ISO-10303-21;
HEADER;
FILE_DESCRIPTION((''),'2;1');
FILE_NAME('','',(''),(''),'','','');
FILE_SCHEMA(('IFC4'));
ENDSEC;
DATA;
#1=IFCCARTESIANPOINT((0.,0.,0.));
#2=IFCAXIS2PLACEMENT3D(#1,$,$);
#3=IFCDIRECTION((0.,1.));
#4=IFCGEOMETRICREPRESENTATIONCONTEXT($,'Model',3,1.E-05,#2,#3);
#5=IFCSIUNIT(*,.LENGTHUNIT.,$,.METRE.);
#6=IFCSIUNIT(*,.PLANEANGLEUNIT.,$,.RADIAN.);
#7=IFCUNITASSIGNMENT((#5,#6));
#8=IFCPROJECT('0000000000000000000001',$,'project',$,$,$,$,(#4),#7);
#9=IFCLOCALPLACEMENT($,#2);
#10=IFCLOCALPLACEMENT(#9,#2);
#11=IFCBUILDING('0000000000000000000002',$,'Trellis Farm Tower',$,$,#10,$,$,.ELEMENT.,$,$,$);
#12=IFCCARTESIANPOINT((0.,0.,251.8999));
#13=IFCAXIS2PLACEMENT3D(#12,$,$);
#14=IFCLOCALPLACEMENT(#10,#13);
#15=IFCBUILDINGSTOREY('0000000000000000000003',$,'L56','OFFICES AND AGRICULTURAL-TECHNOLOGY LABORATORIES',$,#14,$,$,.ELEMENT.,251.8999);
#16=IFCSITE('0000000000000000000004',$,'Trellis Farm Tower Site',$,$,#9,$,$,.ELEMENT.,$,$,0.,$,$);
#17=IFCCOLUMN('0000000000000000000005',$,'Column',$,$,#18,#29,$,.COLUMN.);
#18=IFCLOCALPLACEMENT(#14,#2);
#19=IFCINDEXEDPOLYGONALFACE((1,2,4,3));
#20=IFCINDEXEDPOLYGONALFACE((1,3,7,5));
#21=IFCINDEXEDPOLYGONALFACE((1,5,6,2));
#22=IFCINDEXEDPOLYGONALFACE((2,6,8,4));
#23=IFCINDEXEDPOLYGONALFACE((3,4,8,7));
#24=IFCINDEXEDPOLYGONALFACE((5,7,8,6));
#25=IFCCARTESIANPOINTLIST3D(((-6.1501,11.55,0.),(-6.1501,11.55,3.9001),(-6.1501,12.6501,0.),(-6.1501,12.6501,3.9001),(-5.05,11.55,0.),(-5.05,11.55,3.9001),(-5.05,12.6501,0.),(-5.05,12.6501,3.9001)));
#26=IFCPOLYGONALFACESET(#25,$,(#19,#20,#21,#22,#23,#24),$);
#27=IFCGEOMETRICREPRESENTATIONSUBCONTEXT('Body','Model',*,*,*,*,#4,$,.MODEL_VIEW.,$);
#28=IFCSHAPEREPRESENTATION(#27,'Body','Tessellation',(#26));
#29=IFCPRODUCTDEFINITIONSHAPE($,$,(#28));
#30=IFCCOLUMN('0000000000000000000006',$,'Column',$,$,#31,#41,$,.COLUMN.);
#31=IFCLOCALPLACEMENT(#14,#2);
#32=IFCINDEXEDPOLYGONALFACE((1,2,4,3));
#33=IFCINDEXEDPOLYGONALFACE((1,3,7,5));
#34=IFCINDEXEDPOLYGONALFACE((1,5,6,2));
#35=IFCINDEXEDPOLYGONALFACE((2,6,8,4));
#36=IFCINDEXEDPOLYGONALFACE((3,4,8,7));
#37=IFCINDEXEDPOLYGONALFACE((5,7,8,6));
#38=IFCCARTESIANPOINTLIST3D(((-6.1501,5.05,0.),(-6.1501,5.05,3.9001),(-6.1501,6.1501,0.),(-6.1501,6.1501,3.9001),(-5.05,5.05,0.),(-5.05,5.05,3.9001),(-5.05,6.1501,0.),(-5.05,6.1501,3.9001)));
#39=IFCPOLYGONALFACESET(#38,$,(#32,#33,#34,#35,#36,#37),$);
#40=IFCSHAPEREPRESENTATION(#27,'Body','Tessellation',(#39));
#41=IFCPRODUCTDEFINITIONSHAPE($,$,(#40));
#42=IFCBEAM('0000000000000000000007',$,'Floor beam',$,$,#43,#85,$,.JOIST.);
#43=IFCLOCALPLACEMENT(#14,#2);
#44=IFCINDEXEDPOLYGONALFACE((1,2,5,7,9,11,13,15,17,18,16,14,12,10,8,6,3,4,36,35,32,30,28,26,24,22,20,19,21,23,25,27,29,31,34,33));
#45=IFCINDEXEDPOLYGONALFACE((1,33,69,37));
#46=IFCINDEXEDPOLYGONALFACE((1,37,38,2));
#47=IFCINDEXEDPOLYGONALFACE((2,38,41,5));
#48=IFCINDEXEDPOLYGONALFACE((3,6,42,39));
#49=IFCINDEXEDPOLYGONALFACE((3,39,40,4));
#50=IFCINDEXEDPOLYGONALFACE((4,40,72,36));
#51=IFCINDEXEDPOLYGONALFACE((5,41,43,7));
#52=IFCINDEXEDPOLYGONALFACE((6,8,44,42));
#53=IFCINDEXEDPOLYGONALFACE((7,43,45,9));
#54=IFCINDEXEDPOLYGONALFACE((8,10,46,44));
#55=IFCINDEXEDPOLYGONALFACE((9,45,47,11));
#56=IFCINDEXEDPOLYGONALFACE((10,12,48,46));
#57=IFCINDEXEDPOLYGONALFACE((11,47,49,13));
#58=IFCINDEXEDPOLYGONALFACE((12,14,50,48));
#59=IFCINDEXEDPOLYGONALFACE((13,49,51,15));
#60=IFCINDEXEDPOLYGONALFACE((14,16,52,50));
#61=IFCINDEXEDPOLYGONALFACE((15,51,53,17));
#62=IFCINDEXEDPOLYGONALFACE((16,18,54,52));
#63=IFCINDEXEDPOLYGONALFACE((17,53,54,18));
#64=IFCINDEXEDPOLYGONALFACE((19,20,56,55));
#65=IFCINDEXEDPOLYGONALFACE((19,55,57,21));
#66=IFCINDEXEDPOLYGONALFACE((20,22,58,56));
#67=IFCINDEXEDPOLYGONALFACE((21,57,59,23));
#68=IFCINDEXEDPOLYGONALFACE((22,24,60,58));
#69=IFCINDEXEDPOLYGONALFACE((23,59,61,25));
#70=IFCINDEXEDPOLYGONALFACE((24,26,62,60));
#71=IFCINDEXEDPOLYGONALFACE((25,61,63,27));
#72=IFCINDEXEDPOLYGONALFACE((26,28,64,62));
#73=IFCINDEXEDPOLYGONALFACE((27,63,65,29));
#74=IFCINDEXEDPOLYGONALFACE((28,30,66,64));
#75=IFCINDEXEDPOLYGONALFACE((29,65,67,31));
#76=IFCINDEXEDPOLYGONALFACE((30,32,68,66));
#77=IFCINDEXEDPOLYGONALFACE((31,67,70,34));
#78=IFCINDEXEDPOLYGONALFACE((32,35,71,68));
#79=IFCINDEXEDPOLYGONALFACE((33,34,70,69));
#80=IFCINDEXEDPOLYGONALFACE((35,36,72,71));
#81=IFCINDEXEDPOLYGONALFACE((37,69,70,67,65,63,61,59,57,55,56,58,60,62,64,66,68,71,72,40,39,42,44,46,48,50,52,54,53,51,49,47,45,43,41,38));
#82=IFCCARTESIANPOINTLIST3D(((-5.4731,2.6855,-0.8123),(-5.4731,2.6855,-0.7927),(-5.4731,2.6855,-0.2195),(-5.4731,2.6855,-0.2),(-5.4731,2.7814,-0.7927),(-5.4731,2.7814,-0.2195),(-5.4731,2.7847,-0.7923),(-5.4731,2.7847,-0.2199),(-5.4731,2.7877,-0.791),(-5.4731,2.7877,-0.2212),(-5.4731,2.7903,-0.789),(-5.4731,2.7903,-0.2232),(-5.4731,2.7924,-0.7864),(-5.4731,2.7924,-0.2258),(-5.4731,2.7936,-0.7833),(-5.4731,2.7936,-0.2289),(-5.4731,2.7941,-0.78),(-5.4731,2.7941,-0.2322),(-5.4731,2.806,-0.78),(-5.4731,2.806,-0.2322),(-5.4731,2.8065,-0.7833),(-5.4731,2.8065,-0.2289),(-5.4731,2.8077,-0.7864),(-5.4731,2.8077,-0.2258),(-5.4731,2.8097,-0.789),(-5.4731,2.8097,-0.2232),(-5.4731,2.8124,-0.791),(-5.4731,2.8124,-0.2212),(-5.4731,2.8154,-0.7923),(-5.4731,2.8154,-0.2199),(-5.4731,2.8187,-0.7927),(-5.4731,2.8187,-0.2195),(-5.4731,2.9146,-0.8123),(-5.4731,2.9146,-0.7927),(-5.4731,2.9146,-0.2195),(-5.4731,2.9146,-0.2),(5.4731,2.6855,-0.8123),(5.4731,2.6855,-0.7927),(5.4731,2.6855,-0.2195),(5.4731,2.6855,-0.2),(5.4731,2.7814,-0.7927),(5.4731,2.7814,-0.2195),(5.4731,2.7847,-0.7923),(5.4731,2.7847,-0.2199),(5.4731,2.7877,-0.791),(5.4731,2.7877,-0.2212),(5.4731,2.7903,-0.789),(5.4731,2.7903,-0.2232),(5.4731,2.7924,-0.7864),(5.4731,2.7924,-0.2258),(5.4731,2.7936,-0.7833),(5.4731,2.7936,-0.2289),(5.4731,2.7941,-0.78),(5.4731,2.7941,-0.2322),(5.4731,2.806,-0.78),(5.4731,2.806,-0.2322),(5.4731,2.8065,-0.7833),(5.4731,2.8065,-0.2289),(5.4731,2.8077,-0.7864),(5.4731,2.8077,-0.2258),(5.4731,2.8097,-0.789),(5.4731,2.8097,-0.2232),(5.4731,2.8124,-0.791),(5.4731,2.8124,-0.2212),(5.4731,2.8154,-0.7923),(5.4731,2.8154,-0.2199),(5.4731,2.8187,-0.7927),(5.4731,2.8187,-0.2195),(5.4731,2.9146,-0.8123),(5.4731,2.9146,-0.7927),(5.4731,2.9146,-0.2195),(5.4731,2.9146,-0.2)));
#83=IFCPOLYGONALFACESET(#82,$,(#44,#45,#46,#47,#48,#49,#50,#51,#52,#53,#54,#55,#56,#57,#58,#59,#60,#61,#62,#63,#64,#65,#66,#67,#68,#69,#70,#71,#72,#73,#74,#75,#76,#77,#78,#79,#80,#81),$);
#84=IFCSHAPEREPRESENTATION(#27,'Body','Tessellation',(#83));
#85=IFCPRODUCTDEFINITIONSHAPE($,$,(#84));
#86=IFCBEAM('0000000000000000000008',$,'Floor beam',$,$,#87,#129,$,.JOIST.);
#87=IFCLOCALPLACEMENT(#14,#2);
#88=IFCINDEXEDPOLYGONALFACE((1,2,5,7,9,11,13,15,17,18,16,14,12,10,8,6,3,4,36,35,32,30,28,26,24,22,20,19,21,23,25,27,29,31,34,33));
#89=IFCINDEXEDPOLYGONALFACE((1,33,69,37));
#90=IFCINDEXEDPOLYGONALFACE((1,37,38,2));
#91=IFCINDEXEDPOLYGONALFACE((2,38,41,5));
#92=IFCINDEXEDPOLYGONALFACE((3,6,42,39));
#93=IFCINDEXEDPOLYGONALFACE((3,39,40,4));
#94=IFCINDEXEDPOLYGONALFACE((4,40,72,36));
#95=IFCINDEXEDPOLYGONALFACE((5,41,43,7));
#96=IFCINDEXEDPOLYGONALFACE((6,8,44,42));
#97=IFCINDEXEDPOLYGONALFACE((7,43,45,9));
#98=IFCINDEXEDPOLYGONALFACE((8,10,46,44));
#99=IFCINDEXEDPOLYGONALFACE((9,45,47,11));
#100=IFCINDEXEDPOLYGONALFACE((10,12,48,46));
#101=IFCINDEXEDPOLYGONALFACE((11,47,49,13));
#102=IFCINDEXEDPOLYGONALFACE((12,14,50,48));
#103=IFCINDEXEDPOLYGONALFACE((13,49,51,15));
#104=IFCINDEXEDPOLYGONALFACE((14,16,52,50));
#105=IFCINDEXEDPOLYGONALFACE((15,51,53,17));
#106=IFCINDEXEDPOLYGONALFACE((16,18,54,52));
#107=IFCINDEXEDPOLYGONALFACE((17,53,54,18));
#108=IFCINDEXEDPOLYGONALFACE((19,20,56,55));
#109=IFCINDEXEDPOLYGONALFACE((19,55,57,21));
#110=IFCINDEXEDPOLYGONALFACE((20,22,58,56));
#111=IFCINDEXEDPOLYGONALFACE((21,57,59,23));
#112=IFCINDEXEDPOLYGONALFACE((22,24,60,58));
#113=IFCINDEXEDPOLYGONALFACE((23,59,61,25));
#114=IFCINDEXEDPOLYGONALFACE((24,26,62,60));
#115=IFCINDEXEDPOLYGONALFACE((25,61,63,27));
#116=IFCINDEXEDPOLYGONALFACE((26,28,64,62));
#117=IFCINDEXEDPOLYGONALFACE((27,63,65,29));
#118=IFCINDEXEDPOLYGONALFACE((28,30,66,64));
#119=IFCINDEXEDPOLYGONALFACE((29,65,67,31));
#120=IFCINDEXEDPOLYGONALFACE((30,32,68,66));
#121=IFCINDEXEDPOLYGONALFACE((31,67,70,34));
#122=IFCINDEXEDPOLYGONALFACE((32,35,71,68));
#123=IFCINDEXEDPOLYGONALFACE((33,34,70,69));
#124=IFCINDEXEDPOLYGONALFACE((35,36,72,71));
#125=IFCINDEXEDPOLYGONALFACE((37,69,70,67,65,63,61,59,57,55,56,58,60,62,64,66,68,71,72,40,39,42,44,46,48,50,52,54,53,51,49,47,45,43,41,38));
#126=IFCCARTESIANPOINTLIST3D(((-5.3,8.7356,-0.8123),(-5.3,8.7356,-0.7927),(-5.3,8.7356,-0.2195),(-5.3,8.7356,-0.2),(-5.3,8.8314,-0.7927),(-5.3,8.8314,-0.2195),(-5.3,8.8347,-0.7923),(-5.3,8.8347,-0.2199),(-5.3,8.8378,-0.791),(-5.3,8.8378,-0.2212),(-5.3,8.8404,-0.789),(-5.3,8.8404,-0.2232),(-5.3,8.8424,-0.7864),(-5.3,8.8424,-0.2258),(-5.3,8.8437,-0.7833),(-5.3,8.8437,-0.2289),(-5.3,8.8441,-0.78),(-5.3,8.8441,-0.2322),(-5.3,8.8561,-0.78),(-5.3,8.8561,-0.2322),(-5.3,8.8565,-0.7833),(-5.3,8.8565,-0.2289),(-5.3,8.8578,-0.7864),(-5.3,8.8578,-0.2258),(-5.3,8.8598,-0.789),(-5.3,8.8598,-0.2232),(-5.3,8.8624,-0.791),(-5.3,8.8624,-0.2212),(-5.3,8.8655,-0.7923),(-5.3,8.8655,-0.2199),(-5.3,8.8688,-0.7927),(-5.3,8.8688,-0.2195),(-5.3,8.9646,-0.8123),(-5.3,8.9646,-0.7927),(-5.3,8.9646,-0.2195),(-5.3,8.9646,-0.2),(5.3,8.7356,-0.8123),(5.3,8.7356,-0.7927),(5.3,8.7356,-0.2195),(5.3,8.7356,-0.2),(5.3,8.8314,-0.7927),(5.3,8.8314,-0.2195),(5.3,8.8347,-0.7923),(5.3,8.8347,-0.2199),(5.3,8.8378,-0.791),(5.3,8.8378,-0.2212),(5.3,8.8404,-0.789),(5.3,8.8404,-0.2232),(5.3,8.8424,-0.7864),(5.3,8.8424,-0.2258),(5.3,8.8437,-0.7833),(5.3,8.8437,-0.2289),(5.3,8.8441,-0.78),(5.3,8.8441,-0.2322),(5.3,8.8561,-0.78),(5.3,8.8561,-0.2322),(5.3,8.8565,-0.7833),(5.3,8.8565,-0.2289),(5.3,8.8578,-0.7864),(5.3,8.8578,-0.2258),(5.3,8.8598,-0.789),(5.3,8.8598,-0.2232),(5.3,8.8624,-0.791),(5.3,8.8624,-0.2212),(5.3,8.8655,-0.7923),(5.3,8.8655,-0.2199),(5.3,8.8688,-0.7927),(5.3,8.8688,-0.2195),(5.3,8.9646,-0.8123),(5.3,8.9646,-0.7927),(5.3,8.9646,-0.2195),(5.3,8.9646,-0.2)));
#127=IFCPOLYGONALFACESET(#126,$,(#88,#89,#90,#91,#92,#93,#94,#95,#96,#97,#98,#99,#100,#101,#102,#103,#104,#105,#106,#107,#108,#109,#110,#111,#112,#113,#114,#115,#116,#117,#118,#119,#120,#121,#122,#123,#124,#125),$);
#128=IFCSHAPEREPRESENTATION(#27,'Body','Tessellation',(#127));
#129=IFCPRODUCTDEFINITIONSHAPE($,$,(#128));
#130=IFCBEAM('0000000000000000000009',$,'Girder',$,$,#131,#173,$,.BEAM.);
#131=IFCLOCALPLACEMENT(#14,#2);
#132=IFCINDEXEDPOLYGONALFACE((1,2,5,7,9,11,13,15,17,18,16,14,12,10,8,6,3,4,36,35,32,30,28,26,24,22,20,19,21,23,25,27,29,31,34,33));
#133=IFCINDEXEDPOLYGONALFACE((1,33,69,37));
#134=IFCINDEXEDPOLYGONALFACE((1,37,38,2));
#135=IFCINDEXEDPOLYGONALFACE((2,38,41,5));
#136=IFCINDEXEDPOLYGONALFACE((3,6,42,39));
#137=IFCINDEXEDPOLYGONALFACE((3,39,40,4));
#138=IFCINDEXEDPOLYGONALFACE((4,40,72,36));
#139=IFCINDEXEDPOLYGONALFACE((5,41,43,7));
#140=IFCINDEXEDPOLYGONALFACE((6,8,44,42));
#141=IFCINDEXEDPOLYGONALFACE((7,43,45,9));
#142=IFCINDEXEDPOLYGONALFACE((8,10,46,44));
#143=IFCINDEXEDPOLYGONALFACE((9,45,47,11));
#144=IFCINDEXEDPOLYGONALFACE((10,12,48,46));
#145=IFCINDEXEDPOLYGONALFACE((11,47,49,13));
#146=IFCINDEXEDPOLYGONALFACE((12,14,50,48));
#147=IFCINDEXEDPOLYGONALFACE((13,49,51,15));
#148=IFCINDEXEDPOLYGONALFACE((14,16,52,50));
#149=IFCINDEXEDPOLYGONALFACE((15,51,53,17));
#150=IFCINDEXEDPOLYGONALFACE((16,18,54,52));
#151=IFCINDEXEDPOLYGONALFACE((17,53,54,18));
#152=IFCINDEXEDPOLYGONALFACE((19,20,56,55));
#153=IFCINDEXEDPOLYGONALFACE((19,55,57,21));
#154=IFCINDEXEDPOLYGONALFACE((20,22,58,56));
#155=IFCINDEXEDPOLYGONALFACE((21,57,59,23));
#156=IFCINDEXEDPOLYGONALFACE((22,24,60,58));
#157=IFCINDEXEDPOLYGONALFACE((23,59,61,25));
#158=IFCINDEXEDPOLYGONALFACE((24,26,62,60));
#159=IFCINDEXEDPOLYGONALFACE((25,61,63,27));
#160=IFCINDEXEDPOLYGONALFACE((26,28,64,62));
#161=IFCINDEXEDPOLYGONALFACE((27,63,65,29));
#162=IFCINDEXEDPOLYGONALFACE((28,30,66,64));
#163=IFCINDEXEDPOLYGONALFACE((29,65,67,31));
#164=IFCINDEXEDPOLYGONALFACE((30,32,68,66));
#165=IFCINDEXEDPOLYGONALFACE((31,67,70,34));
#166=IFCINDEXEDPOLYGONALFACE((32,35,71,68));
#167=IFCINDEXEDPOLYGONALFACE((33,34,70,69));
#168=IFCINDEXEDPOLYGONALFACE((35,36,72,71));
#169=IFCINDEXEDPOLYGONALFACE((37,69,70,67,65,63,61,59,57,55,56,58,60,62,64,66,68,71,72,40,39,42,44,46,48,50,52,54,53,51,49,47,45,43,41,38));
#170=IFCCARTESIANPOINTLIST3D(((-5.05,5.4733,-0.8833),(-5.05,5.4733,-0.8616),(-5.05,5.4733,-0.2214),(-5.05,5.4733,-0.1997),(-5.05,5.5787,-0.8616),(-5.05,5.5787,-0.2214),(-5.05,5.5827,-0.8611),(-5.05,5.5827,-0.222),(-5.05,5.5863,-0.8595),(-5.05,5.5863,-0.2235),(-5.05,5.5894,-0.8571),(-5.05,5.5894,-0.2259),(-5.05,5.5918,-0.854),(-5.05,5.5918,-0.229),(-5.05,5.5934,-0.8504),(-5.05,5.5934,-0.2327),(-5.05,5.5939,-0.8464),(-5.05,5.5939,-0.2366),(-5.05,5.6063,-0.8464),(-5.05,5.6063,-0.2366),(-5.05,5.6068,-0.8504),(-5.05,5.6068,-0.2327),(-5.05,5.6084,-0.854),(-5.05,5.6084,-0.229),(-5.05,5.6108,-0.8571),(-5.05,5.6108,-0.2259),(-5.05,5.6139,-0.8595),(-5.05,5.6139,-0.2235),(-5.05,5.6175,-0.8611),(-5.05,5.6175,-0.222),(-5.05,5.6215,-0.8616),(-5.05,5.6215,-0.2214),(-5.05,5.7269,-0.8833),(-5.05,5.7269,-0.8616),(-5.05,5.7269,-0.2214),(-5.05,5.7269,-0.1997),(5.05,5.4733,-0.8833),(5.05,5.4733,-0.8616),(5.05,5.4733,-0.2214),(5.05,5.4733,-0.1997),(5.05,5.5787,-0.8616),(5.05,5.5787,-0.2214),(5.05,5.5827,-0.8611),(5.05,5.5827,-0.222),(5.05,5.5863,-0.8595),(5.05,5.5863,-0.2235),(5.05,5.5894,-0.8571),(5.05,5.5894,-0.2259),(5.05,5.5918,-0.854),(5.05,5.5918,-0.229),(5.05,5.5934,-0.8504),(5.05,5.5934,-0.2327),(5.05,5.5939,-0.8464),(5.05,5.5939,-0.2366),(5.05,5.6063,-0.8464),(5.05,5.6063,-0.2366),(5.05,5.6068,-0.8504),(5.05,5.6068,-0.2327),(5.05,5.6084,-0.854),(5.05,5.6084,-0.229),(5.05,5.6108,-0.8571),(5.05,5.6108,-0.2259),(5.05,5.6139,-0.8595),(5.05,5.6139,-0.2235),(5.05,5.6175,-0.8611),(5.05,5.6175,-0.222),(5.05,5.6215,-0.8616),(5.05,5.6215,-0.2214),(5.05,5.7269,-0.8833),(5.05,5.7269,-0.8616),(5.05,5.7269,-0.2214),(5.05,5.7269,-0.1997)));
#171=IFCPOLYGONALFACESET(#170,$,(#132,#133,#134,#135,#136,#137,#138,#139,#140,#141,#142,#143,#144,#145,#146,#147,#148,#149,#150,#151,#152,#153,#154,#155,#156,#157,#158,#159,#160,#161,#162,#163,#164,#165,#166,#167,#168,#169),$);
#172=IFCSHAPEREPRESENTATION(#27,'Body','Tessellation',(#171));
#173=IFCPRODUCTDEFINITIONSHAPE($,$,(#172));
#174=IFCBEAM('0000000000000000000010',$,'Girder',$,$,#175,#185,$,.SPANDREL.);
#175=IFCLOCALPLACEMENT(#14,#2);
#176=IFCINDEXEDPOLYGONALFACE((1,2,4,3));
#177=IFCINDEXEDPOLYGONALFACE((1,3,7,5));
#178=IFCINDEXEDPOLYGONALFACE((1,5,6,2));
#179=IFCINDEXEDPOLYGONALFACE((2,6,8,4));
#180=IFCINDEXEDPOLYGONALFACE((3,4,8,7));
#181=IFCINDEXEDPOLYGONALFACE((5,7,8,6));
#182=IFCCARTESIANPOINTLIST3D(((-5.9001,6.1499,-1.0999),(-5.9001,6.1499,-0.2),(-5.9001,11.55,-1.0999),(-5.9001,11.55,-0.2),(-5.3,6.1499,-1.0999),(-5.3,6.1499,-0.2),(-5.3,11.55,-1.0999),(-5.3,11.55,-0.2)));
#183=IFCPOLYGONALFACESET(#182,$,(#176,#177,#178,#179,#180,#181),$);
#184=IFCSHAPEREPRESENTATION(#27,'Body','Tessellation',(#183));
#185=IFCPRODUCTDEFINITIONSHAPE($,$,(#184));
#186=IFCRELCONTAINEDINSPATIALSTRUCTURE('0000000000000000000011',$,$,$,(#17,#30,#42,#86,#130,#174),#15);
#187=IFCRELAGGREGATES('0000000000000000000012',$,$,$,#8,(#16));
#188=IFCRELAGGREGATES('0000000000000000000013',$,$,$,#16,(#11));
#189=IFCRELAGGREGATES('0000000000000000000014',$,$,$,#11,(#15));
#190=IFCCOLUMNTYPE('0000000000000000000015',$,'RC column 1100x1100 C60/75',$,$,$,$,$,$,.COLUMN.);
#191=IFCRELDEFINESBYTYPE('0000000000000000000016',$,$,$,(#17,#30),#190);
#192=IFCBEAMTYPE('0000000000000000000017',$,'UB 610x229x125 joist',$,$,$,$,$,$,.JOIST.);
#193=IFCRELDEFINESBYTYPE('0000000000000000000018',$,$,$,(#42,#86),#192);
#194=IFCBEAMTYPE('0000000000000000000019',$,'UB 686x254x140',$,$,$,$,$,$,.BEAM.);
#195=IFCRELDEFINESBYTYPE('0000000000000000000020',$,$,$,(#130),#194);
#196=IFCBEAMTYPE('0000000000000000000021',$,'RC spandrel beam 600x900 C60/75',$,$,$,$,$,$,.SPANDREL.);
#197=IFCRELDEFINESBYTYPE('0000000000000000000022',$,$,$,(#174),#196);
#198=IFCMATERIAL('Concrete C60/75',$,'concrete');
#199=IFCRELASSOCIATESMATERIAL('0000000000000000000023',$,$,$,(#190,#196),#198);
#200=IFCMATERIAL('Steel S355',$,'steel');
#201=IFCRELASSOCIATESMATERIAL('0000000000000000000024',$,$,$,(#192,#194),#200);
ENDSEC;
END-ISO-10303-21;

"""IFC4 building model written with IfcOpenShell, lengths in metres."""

from ifc_helpers import new_model, si_unit, direction, frame, origin, origin_2d, place, context, subcontext, project, spatial, rectangle, i_section, extrude, source, transform, mapped, material, material_profile, profile_set, type_object, element, save


model = new_model("IFC4")

# Units and contexts
model_context = context("Model", 3, precision=1e-05, world=origin(), true_north=direction((0.0, 1.0)))
body_context = subcontext(model_context, "Body", "Model", "MODEL_VIEW")
ifc_project = project(units=[si_unit("LENGTHUNIT", "METRE"), si_unit("PLANEANGLEUNIT", "RADIAN")], contexts=[model_context])

# Site, building, storey
site_placement = place(None, origin())
site = spatial("IfcSite", under=ifc_project, at=site_placement, Name="Trellis Farm Tower Site", CompositionType="ELEMENT", RefElevation=0.0)
building_placement = place(site_placement, origin())
building = spatial("IfcBuilding", under=site, at=building_placement, Name="Trellis Farm Tower", CompositionType="ELEMENT")
storey_placement = place(building_placement, frame((0.0, 0.0, 251.8999)))
storey = spatial("IfcBuildingStorey", under=building, at=storey_placement, Name="L56", Description="OFFICES AND AGRICULTURAL-TECHNOLOGY LABORATORIES", CompositionType="ELEMENT", Elevation=251.8999)

# Columns
ifc_material_1 = material(Name="Concrete C60/75", Category="concrete")
ifc_material_profile_1 = material_profile(ifc_material_1, rectangle(XDim=1.1001, YDim=1.1001, at=origin_2d()), Name="RC column 1100x1100 C60/75")
ifc_profile_set_1 = profile_set([ifc_material_profile_1], Name="Concrete C60/75")
column_type = type_object("IfcColumnType", Name="RC column 1100x1100 C60/75", PredefinedType="COLUMN", material=ifc_profile_set_1)
shared_shape_1 = source(origin(), body_context, "Body", "SweptSolid", [
    extrude(rectangle(XDim=1.1001, YDim=1.1001, at=origin_2d()), origin(), (0.0, 0.0, 1.0), 3.9001),
])
for number, where, z_axis, x_axis, name in (
    (1, (-5.6001, 12.1001, 0.0), (0.0, 0.0, 1.0), (1.0, 0.0, 0.0), "Column"),
    (2, (-5.6001, 5.6001, 0.0), (0.0, 0.0, 1.0), (1.0, 0.0, 0.0), "Column"),
):
    element("IfcColumn", number, at=place(storey_placement, frame(where, z_axis=z_axis, x_axis=x_axis)), inside=storey, type_object=column_type, Name=name, PredefinedType="COLUMN", context=body_context, shape_type="MappedRepresentation", body=[
        mapped(shared_shape_1, transform((0.0, 0.0, 0.0))),
    ])

# Beams
ifc_material_2 = material(Name="Steel S355", Category="steel")
ifc_material_profile_2 = material_profile(ifc_material_2, i_section(OverallWidth=0.229, OverallDepth=0.6123, WebThickness=0.012, FlangeThickness=0.0195, FilletRadius=0.0127, at=origin_2d()), Name="UB 610x229x125")
ifc_profile_set_2 = profile_set([ifc_material_profile_2], Name="Steel S355")
beam_type_1 = type_object("IfcBeamType", Name="UB 610x229x125 joist", PredefinedType="JOIST", material=ifc_profile_set_2)
shared_shape_2 = source(origin(), body_context, "Body", "SweptSolid", [
    extrude(i_section(OverallWidth=0.229, OverallDepth=0.6123, WebThickness=0.012, FlangeThickness=0.0195, FilletRadius=0.0127, at=origin_2d()), origin(), (0.0, 0.0, 1.0), 10.9463),
])
beam_1_placement = place(storey_placement, frame((-5.4731, 2.8, -0.5061), z_axis=(1.0, 0.0, 0.0), x_axis=(0.0, 1.0, 0.0)))
element("IfcBeam", 3, at=beam_1_placement, inside=storey, type_object=beam_type_1, Name="Floor beam", PredefinedType="JOIST", context=body_context, shape_type="MappedRepresentation", body=[
    mapped(shared_shape_2, transform((0.0, 0.0, 0.0))),
])
shared_shape_3 = source(origin(), body_context, "Body", "SweptSolid", [
    extrude(i_section(OverallWidth=0.229, OverallDepth=0.6123, WebThickness=0.012, FlangeThickness=0.0195, FilletRadius=0.0127, at=origin_2d()), origin(), (0.0, 0.0, 1.0), 10.6001),
])
beam_2_placement = place(storey_placement, frame((-5.3, 8.8501, -0.5061), z_axis=(1.0, 0.0, 0.0), x_axis=(0.0, 1.0, 0.0)))
element("IfcBeam", 4, at=beam_2_placement, inside=storey, type_object=beam_type_1, Name="Floor beam", PredefinedType="JOIST", context=body_context, shape_type="MappedRepresentation", body=[
    mapped(shared_shape_3, transform((0.0, 0.0, 0.0))),
])
ifc_material_profile_3 = material_profile(ifc_material_2, i_section(OverallWidth=0.2537, OverallDepth=0.6836, WebThickness=0.0125, FlangeThickness=0.0217, FilletRadius=0.0151, at=origin_2d()), Name="UB 686x254x140")
ifc_profile_set_3 = profile_set([ifc_material_profile_3], Name="Steel S355")
beam_type_2 = type_object("IfcBeamType", Name="UB 686x254x140", PredefinedType="BEAM", material=ifc_profile_set_3)
shared_shape_4 = source(origin(), body_context, "Body", "SweptSolid", [
    extrude(i_section(OverallWidth=0.2537, OverallDepth=0.6836, WebThickness=0.0125, FlangeThickness=0.0217, FilletRadius=0.0151, at=origin_2d()), origin(), (0.0, 0.0, 1.0), 10.1001),
])
beam_3_placement = place(storey_placement, frame((-5.05, 5.6001, -0.5415), z_axis=(1.0, 0.0, 0.0), x_axis=(0.0, 1.0, 0.0)))
element("IfcBeam", 5, at=beam_3_placement, inside=storey, type_object=beam_type_2, Name="Girder", PredefinedType="BEAM", context=body_context, shape_type="MappedRepresentation", body=[
    mapped(shared_shape_4, transform((0.0, 0.0, 0.0))),
])
ifc_material_profile_4 = material_profile(ifc_material_1, rectangle(XDim=0.6001, YDim=0.8999, at=origin_2d()), Name="RC spandrel beam 600x900 C60/75")
ifc_profile_set_4 = profile_set([ifc_material_profile_4], Name="Concrete C60/75")
beam_type_3 = type_object("IfcBeamType", Name="RC spandrel beam 600x900 C60/75", PredefinedType="SPANDREL", material=ifc_profile_set_4)
shared_shape_5 = source(origin(), body_context, "Body", "SweptSolid", [
    extrude(rectangle(XDim=0.6001, YDim=0.8999, at=origin_2d()), origin(), (0.0, 0.0, 1.0), 5.4001),
])
beam_4_placement = place(storey_placement, frame((-5.6001, 6.1499, -0.6499), z_axis=(0.0, 1.0, 0.0), x_axis=(-1.0, 0.0, 0.0)))
element("IfcBeam", 6, at=beam_4_placement, inside=storey, type_object=beam_type_3, Name="Girder", PredefinedType="SPANDREL", context=body_context, shape_type="MappedRepresentation", body=[
    mapped(shared_shape_5, transform((0.0, 0.0, 0.0))),
])

save(model, "model.ifc")
